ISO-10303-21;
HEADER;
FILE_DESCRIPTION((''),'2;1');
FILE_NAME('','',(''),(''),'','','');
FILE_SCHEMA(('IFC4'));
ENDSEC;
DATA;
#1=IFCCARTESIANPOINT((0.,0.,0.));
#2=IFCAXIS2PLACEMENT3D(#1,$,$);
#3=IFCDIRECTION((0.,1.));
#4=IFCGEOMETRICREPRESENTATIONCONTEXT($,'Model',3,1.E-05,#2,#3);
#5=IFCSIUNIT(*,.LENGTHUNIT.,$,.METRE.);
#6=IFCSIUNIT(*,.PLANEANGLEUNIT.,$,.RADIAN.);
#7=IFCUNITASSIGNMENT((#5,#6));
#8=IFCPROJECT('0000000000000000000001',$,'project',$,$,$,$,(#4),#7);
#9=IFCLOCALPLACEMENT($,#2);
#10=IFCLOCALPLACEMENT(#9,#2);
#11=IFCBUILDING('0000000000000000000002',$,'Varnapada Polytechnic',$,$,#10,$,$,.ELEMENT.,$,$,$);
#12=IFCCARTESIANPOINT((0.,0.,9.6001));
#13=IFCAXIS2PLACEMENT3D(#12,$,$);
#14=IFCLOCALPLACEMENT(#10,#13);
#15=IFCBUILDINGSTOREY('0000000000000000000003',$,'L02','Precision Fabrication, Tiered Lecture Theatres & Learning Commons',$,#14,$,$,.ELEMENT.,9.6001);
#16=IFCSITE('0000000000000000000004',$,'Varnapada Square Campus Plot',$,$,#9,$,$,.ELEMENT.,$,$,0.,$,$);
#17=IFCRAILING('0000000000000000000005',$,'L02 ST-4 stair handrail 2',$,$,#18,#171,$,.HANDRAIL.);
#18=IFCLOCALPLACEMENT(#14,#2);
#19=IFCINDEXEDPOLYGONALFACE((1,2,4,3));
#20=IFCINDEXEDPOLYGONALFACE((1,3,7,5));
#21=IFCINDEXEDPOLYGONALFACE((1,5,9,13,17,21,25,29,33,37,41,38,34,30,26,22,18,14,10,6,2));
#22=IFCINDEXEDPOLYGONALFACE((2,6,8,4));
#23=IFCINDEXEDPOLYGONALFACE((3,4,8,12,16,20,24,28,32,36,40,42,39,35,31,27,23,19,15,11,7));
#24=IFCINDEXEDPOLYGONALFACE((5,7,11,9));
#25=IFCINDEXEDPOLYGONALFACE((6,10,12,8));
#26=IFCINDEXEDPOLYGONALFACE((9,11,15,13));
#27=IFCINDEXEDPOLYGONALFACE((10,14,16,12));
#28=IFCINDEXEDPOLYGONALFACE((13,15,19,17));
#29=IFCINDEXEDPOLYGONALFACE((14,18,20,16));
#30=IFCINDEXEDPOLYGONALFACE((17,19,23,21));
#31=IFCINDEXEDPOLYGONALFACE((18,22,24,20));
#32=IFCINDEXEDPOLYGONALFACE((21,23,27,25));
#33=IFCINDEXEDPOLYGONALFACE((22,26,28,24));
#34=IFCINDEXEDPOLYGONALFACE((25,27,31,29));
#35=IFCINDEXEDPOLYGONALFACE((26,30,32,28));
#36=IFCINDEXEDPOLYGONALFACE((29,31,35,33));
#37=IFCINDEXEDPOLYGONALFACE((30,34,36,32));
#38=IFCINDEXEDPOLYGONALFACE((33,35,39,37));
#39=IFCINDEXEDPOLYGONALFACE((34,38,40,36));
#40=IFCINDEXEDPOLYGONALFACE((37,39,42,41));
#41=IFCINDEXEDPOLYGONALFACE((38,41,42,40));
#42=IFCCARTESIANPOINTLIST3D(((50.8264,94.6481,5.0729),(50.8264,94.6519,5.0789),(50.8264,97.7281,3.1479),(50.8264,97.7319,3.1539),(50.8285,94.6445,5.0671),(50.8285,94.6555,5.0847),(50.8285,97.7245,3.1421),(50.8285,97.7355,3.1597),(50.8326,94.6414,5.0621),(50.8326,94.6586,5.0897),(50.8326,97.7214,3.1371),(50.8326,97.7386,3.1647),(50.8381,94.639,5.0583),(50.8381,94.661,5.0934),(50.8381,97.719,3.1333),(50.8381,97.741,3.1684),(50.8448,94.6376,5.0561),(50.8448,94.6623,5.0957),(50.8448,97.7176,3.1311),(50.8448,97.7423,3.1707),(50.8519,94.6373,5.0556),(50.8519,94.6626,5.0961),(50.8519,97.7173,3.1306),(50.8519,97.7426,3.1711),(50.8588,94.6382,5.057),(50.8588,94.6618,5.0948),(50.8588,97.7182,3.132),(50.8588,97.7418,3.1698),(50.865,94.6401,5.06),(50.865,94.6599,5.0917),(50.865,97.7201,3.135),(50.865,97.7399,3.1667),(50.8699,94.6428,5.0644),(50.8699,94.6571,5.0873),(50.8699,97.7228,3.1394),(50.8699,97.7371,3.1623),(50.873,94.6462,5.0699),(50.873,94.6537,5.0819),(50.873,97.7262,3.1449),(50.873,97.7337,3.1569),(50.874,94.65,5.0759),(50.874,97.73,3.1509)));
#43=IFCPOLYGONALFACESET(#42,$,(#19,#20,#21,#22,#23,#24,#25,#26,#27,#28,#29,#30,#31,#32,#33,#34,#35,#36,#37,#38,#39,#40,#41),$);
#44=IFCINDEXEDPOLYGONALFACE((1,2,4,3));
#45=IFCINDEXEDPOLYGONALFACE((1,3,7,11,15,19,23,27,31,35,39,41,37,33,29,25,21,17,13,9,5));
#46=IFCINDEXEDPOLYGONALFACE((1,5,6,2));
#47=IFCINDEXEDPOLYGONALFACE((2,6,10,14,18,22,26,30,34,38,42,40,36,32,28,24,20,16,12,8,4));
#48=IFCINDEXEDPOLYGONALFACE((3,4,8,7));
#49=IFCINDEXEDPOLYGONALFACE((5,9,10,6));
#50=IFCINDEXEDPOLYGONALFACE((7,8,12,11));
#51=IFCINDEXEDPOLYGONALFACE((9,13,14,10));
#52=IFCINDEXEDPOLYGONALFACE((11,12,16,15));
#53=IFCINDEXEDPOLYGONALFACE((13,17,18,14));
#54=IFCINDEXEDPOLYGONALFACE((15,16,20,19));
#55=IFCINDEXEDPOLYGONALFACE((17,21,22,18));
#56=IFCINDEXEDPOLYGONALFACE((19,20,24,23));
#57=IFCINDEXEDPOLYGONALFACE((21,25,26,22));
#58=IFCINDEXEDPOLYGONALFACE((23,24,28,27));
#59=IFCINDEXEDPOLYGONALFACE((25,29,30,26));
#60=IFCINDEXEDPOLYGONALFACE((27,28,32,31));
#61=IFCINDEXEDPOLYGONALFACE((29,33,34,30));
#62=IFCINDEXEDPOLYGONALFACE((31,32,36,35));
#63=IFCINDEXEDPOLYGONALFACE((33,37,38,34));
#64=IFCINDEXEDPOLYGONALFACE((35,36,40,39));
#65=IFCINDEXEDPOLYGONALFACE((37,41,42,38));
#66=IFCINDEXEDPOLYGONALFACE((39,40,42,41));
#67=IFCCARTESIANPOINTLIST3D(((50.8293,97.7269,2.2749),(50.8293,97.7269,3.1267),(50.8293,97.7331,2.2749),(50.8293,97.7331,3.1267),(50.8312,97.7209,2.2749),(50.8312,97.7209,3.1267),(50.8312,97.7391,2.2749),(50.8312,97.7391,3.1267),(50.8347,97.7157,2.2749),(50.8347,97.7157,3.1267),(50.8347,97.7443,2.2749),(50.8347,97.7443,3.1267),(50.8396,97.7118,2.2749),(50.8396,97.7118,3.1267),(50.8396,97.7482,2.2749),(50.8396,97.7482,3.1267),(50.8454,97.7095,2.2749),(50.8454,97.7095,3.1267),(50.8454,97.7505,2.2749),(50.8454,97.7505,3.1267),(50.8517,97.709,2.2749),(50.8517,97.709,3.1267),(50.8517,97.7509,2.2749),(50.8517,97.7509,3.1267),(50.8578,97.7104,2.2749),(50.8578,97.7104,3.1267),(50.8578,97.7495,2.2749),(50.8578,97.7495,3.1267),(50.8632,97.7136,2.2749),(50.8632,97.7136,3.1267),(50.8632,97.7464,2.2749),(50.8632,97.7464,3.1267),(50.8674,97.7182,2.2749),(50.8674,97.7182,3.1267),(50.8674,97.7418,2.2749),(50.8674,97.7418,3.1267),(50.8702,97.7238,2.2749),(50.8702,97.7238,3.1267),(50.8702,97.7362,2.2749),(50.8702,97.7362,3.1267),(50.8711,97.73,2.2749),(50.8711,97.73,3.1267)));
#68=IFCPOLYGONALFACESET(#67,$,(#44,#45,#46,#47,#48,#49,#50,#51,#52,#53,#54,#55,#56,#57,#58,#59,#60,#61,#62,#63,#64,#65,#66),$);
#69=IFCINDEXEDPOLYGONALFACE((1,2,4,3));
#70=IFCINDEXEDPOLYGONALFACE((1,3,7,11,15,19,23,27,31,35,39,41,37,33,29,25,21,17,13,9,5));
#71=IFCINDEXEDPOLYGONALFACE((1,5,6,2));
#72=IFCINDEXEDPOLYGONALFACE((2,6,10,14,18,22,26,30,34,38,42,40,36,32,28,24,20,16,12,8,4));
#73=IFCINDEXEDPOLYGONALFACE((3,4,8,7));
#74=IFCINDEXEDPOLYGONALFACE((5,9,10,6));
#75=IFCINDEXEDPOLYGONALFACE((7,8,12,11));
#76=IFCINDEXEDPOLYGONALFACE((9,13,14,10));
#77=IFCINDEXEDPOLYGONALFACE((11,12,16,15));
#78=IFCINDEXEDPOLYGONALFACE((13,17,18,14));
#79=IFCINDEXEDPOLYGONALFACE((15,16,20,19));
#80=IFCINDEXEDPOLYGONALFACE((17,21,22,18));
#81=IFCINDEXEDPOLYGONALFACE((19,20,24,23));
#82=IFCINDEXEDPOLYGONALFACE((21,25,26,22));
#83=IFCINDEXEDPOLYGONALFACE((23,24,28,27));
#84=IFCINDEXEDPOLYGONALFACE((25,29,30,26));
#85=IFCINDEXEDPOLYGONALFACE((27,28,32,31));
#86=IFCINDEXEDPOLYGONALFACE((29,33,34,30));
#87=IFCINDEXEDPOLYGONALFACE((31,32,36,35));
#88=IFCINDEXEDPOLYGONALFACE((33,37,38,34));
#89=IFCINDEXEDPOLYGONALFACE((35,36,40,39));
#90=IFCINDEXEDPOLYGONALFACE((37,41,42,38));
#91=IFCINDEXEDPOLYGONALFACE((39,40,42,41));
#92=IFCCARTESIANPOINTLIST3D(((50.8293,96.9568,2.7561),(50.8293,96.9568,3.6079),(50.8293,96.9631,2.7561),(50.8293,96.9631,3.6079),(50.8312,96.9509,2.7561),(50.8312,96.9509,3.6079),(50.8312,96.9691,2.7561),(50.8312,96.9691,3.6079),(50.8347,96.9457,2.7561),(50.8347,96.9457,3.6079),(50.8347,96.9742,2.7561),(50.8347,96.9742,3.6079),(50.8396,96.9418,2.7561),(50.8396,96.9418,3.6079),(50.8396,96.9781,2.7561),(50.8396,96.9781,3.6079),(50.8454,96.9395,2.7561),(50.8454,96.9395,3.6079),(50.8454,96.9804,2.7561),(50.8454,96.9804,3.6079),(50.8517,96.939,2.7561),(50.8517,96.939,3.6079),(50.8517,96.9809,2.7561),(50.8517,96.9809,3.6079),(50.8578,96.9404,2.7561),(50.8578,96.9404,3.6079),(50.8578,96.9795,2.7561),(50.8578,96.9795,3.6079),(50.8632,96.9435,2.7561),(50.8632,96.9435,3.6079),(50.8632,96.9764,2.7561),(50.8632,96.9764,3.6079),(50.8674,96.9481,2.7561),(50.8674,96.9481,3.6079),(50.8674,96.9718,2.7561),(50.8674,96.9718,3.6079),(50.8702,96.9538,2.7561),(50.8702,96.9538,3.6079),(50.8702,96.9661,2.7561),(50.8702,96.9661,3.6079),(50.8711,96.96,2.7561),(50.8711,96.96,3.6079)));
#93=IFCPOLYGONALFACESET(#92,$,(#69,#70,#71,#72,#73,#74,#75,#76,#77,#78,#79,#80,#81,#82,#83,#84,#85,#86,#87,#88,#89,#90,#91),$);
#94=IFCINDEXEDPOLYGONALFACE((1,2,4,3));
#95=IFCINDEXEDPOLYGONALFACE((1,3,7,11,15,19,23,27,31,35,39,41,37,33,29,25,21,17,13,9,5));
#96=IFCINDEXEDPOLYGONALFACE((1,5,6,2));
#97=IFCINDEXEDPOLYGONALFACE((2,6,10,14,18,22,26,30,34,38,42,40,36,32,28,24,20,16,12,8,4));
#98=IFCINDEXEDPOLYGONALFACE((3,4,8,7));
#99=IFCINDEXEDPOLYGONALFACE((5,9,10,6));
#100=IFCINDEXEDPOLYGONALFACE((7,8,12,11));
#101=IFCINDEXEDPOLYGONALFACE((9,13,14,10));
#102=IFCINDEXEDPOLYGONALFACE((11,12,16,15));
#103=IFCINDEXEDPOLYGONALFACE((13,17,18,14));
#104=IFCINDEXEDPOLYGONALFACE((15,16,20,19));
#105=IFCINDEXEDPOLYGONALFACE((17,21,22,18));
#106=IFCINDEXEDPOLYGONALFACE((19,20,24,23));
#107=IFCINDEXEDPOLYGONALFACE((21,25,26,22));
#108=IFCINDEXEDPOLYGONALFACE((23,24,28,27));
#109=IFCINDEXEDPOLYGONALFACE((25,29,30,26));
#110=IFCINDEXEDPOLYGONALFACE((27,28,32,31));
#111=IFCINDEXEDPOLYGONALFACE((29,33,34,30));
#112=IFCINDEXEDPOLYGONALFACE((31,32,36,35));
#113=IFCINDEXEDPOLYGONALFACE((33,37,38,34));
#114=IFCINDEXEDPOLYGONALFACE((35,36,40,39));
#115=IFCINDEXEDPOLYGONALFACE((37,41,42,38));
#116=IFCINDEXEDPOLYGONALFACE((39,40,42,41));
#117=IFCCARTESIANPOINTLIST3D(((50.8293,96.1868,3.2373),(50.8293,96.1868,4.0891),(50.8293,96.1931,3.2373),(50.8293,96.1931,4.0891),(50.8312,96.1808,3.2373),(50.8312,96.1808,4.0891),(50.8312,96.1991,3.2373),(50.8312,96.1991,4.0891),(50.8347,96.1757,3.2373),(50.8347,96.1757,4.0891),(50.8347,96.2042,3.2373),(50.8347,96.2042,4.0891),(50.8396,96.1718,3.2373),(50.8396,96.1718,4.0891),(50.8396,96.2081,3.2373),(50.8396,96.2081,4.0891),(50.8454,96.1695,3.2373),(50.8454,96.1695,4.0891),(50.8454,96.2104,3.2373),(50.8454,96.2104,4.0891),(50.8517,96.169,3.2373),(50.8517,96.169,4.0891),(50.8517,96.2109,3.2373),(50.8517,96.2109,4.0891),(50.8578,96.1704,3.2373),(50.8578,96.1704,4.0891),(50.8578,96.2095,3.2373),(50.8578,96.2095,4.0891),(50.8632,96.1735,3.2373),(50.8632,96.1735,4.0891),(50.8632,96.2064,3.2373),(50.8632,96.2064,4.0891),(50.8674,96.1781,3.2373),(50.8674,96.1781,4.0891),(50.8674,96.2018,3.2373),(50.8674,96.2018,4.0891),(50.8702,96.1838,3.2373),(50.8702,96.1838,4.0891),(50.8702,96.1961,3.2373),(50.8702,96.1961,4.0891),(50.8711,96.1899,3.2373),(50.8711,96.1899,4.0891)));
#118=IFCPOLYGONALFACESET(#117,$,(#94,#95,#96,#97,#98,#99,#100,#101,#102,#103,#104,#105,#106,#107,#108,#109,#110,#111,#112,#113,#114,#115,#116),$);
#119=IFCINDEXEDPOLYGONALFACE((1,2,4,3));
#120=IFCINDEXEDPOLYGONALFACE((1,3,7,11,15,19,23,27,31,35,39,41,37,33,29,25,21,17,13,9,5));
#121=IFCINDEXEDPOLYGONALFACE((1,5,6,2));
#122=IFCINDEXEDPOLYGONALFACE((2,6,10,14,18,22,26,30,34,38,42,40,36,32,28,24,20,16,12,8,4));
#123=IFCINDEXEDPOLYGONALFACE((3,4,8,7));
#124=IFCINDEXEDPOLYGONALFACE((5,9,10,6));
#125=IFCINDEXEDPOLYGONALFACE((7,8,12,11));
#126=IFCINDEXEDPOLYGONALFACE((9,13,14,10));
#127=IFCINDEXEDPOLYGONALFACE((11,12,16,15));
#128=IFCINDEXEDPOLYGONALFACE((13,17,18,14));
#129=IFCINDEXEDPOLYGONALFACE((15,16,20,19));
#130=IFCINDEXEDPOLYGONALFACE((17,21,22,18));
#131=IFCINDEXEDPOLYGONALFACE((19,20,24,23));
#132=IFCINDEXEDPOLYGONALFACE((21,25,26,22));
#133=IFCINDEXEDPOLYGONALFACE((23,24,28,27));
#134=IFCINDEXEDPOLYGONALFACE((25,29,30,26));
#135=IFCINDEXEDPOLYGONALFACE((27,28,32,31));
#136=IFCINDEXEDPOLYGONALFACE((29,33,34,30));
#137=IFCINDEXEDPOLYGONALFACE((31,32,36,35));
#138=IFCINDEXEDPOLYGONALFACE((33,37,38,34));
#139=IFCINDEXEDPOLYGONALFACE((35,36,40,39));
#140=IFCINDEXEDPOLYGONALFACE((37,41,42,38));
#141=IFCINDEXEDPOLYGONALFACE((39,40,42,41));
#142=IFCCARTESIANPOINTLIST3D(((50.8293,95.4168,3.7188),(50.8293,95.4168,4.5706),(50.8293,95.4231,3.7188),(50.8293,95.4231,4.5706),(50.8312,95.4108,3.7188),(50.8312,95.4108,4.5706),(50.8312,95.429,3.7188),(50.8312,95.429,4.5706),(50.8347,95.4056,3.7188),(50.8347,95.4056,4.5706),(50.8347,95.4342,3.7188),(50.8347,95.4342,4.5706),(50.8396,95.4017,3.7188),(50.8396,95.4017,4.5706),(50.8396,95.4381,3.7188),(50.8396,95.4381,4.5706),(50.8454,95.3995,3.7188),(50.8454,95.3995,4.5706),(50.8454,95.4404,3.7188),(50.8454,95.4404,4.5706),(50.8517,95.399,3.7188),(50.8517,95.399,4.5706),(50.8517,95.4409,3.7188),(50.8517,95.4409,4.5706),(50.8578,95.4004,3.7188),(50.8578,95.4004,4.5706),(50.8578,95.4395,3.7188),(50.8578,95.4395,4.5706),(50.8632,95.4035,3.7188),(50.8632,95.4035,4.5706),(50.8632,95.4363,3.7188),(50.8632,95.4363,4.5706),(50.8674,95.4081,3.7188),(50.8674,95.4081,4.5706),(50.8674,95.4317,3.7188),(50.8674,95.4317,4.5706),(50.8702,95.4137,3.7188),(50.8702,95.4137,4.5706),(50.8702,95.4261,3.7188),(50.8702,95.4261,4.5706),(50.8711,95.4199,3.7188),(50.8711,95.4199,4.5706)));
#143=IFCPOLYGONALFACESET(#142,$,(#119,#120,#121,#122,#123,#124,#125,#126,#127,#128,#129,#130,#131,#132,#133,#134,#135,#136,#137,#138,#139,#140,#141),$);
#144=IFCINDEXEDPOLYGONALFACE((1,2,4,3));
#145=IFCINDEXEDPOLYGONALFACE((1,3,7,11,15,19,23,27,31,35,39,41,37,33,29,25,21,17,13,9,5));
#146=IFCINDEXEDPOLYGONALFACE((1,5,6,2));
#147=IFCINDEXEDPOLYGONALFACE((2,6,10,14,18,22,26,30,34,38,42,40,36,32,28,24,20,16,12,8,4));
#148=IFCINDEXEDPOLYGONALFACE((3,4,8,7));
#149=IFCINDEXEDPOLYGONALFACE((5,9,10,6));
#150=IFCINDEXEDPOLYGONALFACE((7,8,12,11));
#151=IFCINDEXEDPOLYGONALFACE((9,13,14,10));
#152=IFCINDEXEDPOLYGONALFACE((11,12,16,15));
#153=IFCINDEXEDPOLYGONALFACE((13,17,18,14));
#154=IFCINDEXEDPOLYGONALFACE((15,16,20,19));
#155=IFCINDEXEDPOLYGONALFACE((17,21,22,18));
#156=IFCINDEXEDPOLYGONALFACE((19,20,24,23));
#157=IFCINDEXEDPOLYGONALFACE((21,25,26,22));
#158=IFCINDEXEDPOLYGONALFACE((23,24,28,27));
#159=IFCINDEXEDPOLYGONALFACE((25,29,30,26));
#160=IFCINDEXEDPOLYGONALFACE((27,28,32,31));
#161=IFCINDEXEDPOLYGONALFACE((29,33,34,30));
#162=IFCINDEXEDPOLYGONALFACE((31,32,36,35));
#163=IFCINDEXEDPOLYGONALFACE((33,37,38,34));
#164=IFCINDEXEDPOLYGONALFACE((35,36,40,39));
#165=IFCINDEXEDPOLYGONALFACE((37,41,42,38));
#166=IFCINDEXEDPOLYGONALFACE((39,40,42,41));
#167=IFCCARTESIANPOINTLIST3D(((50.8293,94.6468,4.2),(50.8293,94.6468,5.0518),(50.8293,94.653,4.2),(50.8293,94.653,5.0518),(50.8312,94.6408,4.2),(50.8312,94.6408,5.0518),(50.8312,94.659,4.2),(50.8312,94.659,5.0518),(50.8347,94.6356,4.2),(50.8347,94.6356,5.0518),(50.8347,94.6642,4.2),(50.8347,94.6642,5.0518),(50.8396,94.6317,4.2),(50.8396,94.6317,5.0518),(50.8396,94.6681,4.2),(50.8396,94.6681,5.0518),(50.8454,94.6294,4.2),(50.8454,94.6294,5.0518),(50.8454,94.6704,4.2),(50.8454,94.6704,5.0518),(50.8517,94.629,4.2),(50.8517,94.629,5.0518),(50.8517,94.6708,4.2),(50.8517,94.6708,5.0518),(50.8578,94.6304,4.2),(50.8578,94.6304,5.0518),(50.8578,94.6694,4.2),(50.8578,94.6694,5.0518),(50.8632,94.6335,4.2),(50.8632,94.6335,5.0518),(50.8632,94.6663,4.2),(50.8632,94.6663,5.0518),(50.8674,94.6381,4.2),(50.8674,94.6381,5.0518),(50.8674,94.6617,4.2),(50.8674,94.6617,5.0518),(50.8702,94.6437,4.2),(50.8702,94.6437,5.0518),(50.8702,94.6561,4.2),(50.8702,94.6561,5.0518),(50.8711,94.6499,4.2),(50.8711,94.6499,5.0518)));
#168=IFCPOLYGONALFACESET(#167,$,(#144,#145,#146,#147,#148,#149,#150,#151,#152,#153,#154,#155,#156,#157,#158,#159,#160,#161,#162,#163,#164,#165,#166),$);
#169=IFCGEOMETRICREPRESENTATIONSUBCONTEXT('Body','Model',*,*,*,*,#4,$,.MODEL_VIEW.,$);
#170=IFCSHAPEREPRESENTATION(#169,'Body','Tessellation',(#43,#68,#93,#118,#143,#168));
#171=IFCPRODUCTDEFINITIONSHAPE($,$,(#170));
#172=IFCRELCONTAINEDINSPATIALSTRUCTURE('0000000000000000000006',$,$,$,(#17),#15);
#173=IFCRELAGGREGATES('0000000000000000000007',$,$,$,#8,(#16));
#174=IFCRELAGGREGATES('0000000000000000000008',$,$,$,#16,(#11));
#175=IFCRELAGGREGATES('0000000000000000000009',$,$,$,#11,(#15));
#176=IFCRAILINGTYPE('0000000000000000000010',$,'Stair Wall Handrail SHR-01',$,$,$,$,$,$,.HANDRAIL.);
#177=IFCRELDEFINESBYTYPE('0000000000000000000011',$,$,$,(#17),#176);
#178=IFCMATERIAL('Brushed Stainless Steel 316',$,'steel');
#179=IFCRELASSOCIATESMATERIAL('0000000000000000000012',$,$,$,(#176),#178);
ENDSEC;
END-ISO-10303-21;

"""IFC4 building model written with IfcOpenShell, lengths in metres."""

from ifc_helpers import new_model, si_unit, direction, frame, origin, origin_2d, place, context, subcontext, project, spatial, circle, extrude, material, type_object, element, save


model = new_model("IFC4")

# Units and contexts
model_context = context("Model", 3, precision=1e-05, world=origin(), true_north=direction((0.0, 1.0)))
body_context = subcontext(model_context, "Body", "Model", "MODEL_VIEW")
ifc_project = project(units=[si_unit("LENGTHUNIT", "METRE"), si_unit("PLANEANGLEUNIT", "RADIAN")], contexts=[model_context])

# Site, building, storey
site_placement = place(None, origin())
site = spatial("IfcSite", under=ifc_project, at=site_placement, Name="Varnapada Square Campus Plot", CompositionType="ELEMENT", RefElevation=0.0)
building_placement = place(site_placement, origin())
building = spatial("IfcBuilding", under=site, at=building_placement, Name="Varnapada Polytechnic", CompositionType="ELEMENT")
storey_placement = place(building_placement, frame((0.0, 0.0, 9.6001)))
storey = spatial("IfcBuildingStorey", under=building, at=storey_placement, Name="L02", Description="Precision Fabrication, Tiered Lecture Theatres & Learning Commons", CompositionType="ELEMENT", Elevation=9.6001)

# Shared definitions
ifc_material_1 = material(Name="Brushed Stainless Steel 316", Category="steel")

# Railing
railing_type_1 = type_object("IfcRailingType", Name="Stair Wall Handrail SHR-01", PredefinedType="HANDRAIL", material=ifc_material_1)
railing_1_placement = place(storey_placement, frame((50.8501, 97.73, 2.2749)))
element("IfcRailing", 1, at=railing_1_placement, inside=storey, type_object=railing_type_1, Name="L02 ST-4 stair handrail 2", PredefinedType="HANDRAIL", context=body_context, shape_type="SweptSolid", body=[
    extrude(circle(Radius=0.0239, at=origin_2d()), frame((0.0, 0.0, 0.876), z_axis=(0.0, -0.847998, 0.529999), x_axis=(1.0, 0.0, 0.0)), (0.0, 0.0, 1.0), 3.6321),
    extrude(circle(Radius=0.021, at=origin_2d()), origin(), (0.0, 0.0, 1.0), 0.8518),
    extrude(circle(Radius=0.021, at=origin_2d()), frame((0.0, -0.77, 0.4812)), (0.0, 0.0, 1.0), 0.8518),
    extrude(circle(Radius=0.021, at=origin_2d()), frame((0.0, -1.54, 0.9624)), (0.0, 0.0, 1.0), 0.8518),
    extrude(circle(Radius=0.021, at=origin_2d()), frame((0.0, -2.3101, 1.4438)), (0.0, 0.0, 1.0), 0.8518),
    extrude(circle(Radius=0.021, at=origin_2d()), frame((0.0, -3.0801, 1.925)), (0.0, 0.0, 1.0), 0.8518),
])

save(model, "model.ifc")
